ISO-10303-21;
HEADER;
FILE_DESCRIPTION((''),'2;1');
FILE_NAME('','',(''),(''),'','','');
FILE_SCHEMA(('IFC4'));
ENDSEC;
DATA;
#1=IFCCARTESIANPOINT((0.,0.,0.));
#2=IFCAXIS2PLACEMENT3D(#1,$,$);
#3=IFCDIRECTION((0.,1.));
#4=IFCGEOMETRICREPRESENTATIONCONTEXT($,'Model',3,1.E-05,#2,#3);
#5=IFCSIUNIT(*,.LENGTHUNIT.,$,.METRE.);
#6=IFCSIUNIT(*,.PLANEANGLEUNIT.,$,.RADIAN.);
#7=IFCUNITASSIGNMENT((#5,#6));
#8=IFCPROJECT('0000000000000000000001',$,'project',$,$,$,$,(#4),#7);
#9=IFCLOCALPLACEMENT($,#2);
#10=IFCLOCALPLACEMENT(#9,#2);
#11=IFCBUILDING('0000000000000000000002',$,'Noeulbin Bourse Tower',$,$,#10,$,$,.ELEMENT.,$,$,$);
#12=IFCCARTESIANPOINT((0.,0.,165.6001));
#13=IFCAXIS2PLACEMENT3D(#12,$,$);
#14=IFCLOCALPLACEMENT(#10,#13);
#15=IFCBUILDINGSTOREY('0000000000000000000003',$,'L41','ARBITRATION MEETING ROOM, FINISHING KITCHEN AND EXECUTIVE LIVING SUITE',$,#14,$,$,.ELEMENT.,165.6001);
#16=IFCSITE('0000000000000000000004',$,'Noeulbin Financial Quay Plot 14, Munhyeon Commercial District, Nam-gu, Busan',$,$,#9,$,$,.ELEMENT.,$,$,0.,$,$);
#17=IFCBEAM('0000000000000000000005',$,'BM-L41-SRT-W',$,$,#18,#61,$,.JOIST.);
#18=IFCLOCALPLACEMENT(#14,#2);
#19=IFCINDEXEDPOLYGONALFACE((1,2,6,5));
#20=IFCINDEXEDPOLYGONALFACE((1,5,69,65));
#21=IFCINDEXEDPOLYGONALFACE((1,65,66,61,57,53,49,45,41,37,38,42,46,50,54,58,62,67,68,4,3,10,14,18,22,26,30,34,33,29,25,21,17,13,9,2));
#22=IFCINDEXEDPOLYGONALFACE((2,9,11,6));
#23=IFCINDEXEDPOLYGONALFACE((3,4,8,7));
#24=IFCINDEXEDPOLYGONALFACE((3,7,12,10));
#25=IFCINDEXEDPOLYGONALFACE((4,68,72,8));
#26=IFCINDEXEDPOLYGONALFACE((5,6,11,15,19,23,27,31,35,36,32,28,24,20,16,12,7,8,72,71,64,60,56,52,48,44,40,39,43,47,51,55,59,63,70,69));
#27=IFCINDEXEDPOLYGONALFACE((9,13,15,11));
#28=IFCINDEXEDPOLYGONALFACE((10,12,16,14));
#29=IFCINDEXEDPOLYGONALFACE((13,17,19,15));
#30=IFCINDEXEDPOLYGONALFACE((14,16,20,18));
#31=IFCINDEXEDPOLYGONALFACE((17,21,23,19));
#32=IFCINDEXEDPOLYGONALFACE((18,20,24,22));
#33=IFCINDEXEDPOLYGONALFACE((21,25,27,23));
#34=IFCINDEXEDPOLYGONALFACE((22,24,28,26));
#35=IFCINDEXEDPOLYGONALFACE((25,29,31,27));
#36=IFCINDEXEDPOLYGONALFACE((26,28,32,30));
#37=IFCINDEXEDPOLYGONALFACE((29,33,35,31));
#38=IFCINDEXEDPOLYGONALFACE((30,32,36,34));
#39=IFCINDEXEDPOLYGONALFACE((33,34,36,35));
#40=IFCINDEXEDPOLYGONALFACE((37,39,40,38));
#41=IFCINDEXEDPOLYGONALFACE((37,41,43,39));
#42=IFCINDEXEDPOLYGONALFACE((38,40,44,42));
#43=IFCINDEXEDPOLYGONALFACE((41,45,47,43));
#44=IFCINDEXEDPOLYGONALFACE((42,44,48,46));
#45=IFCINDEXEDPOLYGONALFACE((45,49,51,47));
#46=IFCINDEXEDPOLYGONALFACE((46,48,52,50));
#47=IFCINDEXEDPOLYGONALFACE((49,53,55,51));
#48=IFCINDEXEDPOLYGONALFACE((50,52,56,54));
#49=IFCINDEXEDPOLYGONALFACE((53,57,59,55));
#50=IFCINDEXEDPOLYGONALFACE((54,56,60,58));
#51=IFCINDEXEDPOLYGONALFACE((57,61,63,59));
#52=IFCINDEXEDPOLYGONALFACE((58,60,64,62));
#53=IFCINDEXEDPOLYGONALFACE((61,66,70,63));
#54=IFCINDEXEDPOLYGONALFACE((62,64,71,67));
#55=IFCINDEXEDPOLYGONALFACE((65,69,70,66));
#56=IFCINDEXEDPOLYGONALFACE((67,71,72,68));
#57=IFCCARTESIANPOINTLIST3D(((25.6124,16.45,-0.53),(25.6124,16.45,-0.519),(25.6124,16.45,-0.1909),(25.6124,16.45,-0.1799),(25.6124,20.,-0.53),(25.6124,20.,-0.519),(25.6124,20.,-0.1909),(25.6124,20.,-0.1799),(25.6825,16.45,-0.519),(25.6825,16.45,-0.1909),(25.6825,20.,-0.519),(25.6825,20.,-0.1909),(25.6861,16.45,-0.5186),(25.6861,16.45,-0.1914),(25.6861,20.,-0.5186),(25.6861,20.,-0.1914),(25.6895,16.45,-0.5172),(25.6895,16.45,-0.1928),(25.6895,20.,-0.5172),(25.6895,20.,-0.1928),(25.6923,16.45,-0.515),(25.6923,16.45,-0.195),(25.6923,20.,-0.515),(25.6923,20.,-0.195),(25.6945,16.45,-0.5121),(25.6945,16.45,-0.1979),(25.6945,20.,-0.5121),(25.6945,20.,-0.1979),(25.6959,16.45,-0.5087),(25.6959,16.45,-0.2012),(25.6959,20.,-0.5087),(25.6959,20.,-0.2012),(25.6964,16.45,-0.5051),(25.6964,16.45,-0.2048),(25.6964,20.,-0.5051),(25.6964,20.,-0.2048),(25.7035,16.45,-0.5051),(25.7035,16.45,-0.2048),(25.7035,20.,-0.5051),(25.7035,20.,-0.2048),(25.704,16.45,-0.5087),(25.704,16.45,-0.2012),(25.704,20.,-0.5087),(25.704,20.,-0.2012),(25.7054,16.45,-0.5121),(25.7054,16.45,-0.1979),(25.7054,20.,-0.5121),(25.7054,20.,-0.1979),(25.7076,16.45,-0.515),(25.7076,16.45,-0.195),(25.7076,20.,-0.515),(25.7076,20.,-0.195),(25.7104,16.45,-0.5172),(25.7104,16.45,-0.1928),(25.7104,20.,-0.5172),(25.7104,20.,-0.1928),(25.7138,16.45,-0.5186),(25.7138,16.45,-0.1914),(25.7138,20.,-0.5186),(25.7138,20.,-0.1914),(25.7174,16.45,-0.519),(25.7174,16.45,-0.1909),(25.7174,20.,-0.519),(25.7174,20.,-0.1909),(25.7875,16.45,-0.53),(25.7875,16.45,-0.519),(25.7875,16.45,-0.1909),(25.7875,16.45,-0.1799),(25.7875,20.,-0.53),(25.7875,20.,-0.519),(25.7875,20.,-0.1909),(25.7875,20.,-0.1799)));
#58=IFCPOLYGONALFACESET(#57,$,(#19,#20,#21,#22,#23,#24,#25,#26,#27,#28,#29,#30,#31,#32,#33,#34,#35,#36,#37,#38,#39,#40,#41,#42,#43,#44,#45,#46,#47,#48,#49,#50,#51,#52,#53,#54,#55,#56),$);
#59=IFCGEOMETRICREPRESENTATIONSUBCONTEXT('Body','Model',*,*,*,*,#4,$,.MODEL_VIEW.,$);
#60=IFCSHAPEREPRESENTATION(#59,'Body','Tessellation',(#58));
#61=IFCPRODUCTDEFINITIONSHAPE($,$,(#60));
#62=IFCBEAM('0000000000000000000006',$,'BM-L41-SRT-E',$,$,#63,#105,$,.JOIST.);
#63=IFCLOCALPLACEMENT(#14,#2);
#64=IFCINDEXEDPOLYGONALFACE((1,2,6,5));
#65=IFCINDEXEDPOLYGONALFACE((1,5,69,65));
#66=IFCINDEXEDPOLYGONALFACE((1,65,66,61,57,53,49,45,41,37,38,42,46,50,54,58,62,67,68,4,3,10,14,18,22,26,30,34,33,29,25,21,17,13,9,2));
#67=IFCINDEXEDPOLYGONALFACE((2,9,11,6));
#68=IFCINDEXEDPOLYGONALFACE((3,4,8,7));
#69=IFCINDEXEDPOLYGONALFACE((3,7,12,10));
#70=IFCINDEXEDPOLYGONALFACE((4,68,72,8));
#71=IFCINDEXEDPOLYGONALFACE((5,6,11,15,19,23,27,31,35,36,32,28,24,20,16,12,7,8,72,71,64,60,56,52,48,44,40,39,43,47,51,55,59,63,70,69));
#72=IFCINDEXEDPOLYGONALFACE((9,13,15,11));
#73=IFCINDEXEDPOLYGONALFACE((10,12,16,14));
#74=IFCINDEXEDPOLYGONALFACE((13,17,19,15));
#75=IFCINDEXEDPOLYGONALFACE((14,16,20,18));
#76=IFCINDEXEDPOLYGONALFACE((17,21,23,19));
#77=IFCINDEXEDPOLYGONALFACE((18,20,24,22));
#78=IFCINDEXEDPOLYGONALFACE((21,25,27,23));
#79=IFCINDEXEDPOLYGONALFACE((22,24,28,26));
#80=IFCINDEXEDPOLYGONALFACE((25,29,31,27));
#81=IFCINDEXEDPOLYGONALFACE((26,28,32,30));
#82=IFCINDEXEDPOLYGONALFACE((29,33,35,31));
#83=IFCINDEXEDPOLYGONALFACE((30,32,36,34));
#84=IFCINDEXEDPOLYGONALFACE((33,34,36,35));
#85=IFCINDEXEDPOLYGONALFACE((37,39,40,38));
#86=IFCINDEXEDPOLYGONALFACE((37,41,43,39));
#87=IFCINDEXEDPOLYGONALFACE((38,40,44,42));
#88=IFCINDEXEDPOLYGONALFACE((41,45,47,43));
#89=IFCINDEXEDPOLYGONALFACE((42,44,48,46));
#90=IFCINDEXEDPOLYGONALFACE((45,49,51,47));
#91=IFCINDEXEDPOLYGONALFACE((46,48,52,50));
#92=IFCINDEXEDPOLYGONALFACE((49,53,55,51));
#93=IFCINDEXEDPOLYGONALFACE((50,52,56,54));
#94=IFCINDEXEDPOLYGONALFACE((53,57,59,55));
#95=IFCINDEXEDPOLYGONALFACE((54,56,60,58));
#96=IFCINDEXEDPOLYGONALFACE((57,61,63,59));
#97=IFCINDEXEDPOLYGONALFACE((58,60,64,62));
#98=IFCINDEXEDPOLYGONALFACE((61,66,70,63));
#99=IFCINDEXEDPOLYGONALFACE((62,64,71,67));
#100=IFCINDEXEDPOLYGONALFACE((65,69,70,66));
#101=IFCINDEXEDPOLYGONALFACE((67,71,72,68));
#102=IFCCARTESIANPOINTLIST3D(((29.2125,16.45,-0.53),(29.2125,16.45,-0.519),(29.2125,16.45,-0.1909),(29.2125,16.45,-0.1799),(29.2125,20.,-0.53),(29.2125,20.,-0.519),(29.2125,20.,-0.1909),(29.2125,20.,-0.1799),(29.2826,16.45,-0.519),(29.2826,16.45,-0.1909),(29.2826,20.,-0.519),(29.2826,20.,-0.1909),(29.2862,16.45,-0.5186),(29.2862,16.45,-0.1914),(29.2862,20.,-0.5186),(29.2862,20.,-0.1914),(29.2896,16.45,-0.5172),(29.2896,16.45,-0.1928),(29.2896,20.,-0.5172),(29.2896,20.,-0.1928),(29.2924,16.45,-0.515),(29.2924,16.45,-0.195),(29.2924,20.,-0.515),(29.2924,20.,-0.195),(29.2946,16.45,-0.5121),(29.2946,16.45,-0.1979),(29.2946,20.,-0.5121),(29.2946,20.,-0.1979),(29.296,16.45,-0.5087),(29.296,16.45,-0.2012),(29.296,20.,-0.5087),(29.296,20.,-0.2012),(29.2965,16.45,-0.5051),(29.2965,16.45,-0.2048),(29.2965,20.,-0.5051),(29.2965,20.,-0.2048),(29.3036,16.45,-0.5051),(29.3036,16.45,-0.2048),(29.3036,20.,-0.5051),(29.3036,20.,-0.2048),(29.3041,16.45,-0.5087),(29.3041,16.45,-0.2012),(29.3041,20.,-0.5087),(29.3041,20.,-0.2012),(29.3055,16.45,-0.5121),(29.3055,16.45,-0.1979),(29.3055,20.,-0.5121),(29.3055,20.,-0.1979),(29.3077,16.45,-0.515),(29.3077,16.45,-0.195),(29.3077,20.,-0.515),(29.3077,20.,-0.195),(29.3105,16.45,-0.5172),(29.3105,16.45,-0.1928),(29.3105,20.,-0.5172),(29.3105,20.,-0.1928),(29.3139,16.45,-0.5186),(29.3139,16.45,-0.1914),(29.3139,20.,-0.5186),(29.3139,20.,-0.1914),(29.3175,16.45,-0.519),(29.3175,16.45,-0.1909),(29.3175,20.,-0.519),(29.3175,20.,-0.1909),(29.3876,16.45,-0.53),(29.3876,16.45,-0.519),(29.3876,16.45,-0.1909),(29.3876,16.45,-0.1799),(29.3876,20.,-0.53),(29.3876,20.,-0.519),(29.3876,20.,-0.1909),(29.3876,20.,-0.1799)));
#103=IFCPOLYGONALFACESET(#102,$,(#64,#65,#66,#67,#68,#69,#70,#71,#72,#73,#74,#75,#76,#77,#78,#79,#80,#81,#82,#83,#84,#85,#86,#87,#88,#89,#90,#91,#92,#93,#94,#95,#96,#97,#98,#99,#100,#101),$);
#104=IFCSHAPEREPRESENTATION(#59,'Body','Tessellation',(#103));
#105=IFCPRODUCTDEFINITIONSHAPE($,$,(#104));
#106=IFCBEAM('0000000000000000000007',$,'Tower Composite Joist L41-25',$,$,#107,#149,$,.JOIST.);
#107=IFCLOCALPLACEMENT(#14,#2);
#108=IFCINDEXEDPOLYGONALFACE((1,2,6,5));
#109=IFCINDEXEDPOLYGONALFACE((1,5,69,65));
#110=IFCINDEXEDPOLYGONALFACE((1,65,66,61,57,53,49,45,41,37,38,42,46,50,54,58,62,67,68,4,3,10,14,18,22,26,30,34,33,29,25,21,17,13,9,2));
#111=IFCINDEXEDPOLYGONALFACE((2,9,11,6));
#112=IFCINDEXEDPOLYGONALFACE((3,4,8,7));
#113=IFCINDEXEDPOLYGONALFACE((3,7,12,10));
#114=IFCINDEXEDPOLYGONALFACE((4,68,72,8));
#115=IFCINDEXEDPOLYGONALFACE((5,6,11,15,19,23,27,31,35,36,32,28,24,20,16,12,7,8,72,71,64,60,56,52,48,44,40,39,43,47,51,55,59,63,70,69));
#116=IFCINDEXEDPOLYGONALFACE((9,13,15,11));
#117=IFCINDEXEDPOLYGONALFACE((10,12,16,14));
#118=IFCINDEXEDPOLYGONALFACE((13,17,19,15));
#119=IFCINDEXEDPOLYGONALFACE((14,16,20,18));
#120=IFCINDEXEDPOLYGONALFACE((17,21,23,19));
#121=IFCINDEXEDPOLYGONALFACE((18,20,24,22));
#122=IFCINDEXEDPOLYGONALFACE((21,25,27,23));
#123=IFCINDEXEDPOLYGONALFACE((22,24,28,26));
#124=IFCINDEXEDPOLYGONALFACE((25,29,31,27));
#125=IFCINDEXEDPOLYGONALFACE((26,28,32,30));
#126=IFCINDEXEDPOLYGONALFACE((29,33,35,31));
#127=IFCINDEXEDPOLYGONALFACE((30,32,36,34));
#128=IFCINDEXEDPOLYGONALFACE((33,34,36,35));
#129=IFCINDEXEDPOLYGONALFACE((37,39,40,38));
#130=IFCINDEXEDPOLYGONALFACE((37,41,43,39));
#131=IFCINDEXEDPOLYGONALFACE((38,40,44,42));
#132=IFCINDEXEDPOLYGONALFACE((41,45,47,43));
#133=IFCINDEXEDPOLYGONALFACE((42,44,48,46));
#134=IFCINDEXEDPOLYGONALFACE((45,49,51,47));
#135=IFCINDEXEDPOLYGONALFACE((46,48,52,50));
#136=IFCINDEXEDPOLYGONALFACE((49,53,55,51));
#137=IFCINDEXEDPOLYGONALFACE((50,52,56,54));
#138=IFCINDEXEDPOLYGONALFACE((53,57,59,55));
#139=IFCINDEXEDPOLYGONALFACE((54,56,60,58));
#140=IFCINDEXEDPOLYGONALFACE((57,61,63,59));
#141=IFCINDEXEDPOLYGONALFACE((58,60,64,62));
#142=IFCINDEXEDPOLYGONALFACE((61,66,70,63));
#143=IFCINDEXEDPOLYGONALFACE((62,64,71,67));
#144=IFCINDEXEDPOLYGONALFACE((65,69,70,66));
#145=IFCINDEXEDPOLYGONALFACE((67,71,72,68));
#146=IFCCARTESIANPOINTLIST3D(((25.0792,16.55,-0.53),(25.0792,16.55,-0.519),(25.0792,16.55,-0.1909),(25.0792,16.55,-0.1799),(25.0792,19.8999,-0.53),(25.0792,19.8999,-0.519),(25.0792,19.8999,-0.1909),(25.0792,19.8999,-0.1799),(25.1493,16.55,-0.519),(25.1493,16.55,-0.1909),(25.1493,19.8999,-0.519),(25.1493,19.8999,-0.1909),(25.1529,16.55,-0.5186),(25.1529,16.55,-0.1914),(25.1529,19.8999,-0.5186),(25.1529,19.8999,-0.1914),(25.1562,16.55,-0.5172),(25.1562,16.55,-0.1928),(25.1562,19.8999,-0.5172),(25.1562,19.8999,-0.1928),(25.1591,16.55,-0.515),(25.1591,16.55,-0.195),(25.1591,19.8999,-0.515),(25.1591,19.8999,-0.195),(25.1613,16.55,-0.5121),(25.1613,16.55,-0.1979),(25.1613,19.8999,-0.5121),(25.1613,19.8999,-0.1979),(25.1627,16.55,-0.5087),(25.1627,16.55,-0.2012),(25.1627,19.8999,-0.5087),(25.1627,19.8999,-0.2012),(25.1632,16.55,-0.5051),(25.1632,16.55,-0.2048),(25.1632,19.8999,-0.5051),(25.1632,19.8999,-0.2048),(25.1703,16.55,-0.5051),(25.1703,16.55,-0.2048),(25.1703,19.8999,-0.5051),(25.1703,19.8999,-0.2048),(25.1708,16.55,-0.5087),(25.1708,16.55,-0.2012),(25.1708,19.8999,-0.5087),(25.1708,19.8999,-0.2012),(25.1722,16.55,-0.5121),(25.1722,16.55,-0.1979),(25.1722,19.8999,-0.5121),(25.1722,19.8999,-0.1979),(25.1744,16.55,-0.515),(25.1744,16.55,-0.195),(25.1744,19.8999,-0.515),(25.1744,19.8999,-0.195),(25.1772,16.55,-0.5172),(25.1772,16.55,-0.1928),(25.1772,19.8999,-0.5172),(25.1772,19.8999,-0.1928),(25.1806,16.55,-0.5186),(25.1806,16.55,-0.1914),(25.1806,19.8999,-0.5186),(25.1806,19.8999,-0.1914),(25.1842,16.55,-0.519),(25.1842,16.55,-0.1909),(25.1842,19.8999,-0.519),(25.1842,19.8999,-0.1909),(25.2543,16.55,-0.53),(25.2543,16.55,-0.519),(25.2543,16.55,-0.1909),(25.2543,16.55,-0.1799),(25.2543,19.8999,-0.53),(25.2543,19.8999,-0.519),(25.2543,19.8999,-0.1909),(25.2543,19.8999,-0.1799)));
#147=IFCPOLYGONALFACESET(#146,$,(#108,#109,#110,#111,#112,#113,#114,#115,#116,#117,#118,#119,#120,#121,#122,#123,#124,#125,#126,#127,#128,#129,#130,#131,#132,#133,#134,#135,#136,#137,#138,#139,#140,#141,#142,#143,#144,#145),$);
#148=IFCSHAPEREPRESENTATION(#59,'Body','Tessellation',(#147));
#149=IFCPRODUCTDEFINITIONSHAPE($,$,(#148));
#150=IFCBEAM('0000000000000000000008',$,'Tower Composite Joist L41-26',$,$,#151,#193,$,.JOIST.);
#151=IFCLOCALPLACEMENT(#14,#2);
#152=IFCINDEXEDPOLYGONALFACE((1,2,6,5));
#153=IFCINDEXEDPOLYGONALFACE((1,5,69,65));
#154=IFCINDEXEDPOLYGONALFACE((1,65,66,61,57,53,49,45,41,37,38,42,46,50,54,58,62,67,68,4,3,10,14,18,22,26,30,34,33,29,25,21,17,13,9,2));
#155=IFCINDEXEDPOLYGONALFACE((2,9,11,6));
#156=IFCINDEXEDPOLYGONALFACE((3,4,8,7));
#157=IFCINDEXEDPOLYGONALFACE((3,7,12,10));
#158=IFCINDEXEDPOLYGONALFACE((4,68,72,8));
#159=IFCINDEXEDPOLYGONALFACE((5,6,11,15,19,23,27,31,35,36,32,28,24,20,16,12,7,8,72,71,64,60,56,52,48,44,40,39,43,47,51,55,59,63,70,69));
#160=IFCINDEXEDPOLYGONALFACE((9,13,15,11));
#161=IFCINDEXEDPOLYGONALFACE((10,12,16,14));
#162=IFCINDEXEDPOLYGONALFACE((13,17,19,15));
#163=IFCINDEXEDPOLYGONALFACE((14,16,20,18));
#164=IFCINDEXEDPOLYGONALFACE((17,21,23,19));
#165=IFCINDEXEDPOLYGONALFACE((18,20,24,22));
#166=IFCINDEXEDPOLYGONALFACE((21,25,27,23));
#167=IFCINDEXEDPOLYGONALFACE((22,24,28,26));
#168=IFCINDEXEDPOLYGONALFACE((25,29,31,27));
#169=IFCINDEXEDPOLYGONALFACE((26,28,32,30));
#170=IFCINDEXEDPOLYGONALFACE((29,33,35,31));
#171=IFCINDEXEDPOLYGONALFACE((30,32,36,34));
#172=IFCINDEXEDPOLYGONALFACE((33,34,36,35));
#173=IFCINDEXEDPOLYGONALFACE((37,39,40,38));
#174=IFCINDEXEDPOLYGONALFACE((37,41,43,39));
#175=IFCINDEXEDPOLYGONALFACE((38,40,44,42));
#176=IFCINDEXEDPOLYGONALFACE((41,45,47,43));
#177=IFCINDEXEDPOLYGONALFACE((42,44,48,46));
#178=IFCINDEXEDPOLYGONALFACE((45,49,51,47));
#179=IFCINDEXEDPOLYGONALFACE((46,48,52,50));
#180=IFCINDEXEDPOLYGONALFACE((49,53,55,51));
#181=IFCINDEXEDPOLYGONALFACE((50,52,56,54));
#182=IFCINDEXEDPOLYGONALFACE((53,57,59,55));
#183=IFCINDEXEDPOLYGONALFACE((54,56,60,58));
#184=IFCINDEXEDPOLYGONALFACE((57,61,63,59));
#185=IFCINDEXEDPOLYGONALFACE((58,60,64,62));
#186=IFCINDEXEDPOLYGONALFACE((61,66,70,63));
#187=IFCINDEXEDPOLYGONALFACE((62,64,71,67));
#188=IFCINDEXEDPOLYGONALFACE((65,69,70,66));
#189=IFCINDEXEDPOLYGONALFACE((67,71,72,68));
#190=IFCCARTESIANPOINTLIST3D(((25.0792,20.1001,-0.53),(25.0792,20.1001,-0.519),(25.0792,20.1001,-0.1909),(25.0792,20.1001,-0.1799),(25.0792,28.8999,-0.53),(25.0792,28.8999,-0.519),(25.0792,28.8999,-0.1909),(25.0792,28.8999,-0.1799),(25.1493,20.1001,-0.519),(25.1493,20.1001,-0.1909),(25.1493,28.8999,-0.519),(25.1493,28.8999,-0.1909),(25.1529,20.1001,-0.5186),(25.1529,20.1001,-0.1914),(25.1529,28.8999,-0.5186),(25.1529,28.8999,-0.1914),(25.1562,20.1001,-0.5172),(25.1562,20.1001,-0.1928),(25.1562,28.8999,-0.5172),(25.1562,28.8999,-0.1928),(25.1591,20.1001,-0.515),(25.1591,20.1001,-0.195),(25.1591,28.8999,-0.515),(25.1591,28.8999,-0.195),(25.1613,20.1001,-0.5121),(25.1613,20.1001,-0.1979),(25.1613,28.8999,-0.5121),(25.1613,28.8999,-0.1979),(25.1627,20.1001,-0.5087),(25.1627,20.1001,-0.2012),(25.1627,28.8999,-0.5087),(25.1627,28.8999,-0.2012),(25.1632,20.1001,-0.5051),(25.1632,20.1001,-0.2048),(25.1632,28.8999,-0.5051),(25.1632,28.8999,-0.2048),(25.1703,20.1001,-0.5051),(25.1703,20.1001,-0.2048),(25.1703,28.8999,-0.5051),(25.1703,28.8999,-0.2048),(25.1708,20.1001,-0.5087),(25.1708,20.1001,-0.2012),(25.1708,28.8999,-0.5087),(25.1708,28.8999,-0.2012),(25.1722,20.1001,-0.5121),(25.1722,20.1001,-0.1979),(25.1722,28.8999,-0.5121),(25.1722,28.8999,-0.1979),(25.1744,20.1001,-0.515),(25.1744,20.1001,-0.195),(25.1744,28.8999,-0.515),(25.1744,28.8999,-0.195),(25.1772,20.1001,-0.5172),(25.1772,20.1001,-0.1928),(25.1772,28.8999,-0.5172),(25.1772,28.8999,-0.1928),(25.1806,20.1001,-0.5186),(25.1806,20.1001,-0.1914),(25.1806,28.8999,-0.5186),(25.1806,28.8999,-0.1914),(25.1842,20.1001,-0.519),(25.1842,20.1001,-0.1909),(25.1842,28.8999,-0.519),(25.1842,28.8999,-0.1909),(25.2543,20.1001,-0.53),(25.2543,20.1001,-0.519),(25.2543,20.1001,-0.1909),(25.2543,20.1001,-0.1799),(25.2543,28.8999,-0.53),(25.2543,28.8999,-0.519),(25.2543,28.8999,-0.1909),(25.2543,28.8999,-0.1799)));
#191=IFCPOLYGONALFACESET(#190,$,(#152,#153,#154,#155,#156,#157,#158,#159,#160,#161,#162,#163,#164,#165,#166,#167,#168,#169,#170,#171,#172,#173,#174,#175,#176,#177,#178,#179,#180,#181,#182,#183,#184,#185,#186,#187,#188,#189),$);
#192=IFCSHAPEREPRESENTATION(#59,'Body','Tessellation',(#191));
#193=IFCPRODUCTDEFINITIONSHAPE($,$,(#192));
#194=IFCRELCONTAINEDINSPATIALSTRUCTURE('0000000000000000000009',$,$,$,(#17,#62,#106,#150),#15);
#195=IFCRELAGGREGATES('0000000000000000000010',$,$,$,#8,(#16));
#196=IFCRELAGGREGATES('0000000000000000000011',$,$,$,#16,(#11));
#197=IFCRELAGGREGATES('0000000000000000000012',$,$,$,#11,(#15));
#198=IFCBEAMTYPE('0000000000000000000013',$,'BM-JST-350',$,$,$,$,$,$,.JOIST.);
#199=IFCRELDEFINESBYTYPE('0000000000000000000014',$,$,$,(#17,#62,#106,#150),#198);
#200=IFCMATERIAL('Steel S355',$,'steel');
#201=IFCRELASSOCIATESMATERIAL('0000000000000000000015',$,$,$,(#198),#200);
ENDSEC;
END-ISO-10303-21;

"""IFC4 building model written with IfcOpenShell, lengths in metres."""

from ifc_helpers import new_model, si_unit, direction, frame, origin, origin_2d, place, context, subcontext, project, spatial, i_section, extrude, material, material_profile, profile_set, type_object, element, save


model = new_model("IFC4")

# Units and contexts
model_context = context("Model", 3, precision=1e-05, world=origin(), true_north=direction((0.0, 1.0)))
body_context = subcontext(model_context, "Body", "Model", "MODEL_VIEW")
ifc_project = project(units=[si_unit("LENGTHUNIT", "METRE"), si_unit("PLANEANGLEUNIT", "RADIAN")], contexts=[model_context])

# Site, building, storey
site_placement = place(None, origin())
site = spatial("IfcSite", under=ifc_project, at=site_placement, Name="Noeulbin Financial Quay Plot 14, Munhyeon Commercial District, Nam-gu, Busan", CompositionType="ELEMENT", RefElevation=0.0)
building_placement = place(site_placement, origin())
building = spatial("IfcBuilding", under=site, at=building_placement, Name="Noeulbin Bourse Tower", CompositionType="ELEMENT")
storey_placement = place(building_placement, frame((0.0, 0.0, 165.6001)))
storey = spatial("IfcBuildingStorey", under=building, at=storey_placement, Name="L41", Description="ARBITRATION MEETING ROOM, FINISHING KITCHEN AND EXECUTIVE LIVING SUITE", CompositionType="ELEMENT", Elevation=165.6001)

# Beams
ifc_material_1 = material(Name="Steel S355", Category="steel")
ifc_material_profile_1 = material_profile(ifc_material_1, i_section(OverallWidth=0.175, OverallDepth=0.3501, WebThickness=0.0071, FlangeThickness=0.011, FilletRadius=0.0139, at=origin_2d()), Name="H-350x175x7x11", Category="LoadBearing")
ifc_profile_set_1 = profile_set([ifc_material_profile_1], Name="Steel S355")
beam_type_1 = type_object("IfcBeamType", Name="BM-JST-350", PredefinedType="JOIST", material=ifc_profile_set_1)
for number, where, z_axis, x_axis, name in (
    (1, (25.7, 16.45, -0.355), (0.0, 1.0, 0.0), (-1.0, 0.0, 0.0), "BM-L41-SRT-W"),
    (2, (29.3, 16.45, -0.355), (0.0, 1.0, 0.0), (-1.0, 0.0, 0.0), "BM-L41-SRT-E"),
):
    element("IfcBeam", number, at=place(storey_placement, frame(where, z_axis=z_axis, x_axis=x_axis)), inside=storey, type_object=beam_type_1, Name=name, PredefinedType="JOIST", context=body_context, shape_type="SweptSolid", body=[
        extrude(i_section(OverallWidth=0.175, OverallDepth=0.3501, WebThickness=0.0071, FlangeThickness=0.011, FilletRadius=0.0139, at=origin_2d()), origin(), (0.0, 0.0, 1.0), 3.55),
    ])
beam_1_placement = place(storey_placement, frame((25.1667, 16.55, -0.355), z_axis=(0.0, 1.0, 0.0), x_axis=(-1.0, 0.0, 0.0)))
element("IfcBeam", 3, at=beam_1_placement, inside=storey, type_object=beam_type_1, Name="Tower Composite Joist L41-25", PredefinedType="JOIST", context=body_context, shape_type="SweptSolid", body=[
    extrude(i_section(OverallWidth=0.175, OverallDepth=0.3501, WebThickness=0.0071, FlangeThickness=0.011, FilletRadius=0.0139, at=origin_2d()), origin(), (0.0, 0.0, 1.0), 3.3499),
])
beam_2_placement = place(storey_placement, frame((25.1667, 20.1001, -0.355), z_axis=(0.0, 1.0, 0.0), x_axis=(-1.0, 0.0, 0.0)))
element("IfcBeam", 4, at=beam_2_placement, inside=storey, type_object=beam_type_1, Name="Tower Composite Joist L41-26", PredefinedType="JOIST", context=body_context, shape_type="SweptSolid", body=[
    extrude(i_section(OverallWidth=0.175, OverallDepth=0.3501, WebThickness=0.0071, FlangeThickness=0.011, FilletRadius=0.0139, at=origin_2d()), origin(), (0.0, 0.0, 1.0), 8.7998),
])

save(model, "model.ifc")
